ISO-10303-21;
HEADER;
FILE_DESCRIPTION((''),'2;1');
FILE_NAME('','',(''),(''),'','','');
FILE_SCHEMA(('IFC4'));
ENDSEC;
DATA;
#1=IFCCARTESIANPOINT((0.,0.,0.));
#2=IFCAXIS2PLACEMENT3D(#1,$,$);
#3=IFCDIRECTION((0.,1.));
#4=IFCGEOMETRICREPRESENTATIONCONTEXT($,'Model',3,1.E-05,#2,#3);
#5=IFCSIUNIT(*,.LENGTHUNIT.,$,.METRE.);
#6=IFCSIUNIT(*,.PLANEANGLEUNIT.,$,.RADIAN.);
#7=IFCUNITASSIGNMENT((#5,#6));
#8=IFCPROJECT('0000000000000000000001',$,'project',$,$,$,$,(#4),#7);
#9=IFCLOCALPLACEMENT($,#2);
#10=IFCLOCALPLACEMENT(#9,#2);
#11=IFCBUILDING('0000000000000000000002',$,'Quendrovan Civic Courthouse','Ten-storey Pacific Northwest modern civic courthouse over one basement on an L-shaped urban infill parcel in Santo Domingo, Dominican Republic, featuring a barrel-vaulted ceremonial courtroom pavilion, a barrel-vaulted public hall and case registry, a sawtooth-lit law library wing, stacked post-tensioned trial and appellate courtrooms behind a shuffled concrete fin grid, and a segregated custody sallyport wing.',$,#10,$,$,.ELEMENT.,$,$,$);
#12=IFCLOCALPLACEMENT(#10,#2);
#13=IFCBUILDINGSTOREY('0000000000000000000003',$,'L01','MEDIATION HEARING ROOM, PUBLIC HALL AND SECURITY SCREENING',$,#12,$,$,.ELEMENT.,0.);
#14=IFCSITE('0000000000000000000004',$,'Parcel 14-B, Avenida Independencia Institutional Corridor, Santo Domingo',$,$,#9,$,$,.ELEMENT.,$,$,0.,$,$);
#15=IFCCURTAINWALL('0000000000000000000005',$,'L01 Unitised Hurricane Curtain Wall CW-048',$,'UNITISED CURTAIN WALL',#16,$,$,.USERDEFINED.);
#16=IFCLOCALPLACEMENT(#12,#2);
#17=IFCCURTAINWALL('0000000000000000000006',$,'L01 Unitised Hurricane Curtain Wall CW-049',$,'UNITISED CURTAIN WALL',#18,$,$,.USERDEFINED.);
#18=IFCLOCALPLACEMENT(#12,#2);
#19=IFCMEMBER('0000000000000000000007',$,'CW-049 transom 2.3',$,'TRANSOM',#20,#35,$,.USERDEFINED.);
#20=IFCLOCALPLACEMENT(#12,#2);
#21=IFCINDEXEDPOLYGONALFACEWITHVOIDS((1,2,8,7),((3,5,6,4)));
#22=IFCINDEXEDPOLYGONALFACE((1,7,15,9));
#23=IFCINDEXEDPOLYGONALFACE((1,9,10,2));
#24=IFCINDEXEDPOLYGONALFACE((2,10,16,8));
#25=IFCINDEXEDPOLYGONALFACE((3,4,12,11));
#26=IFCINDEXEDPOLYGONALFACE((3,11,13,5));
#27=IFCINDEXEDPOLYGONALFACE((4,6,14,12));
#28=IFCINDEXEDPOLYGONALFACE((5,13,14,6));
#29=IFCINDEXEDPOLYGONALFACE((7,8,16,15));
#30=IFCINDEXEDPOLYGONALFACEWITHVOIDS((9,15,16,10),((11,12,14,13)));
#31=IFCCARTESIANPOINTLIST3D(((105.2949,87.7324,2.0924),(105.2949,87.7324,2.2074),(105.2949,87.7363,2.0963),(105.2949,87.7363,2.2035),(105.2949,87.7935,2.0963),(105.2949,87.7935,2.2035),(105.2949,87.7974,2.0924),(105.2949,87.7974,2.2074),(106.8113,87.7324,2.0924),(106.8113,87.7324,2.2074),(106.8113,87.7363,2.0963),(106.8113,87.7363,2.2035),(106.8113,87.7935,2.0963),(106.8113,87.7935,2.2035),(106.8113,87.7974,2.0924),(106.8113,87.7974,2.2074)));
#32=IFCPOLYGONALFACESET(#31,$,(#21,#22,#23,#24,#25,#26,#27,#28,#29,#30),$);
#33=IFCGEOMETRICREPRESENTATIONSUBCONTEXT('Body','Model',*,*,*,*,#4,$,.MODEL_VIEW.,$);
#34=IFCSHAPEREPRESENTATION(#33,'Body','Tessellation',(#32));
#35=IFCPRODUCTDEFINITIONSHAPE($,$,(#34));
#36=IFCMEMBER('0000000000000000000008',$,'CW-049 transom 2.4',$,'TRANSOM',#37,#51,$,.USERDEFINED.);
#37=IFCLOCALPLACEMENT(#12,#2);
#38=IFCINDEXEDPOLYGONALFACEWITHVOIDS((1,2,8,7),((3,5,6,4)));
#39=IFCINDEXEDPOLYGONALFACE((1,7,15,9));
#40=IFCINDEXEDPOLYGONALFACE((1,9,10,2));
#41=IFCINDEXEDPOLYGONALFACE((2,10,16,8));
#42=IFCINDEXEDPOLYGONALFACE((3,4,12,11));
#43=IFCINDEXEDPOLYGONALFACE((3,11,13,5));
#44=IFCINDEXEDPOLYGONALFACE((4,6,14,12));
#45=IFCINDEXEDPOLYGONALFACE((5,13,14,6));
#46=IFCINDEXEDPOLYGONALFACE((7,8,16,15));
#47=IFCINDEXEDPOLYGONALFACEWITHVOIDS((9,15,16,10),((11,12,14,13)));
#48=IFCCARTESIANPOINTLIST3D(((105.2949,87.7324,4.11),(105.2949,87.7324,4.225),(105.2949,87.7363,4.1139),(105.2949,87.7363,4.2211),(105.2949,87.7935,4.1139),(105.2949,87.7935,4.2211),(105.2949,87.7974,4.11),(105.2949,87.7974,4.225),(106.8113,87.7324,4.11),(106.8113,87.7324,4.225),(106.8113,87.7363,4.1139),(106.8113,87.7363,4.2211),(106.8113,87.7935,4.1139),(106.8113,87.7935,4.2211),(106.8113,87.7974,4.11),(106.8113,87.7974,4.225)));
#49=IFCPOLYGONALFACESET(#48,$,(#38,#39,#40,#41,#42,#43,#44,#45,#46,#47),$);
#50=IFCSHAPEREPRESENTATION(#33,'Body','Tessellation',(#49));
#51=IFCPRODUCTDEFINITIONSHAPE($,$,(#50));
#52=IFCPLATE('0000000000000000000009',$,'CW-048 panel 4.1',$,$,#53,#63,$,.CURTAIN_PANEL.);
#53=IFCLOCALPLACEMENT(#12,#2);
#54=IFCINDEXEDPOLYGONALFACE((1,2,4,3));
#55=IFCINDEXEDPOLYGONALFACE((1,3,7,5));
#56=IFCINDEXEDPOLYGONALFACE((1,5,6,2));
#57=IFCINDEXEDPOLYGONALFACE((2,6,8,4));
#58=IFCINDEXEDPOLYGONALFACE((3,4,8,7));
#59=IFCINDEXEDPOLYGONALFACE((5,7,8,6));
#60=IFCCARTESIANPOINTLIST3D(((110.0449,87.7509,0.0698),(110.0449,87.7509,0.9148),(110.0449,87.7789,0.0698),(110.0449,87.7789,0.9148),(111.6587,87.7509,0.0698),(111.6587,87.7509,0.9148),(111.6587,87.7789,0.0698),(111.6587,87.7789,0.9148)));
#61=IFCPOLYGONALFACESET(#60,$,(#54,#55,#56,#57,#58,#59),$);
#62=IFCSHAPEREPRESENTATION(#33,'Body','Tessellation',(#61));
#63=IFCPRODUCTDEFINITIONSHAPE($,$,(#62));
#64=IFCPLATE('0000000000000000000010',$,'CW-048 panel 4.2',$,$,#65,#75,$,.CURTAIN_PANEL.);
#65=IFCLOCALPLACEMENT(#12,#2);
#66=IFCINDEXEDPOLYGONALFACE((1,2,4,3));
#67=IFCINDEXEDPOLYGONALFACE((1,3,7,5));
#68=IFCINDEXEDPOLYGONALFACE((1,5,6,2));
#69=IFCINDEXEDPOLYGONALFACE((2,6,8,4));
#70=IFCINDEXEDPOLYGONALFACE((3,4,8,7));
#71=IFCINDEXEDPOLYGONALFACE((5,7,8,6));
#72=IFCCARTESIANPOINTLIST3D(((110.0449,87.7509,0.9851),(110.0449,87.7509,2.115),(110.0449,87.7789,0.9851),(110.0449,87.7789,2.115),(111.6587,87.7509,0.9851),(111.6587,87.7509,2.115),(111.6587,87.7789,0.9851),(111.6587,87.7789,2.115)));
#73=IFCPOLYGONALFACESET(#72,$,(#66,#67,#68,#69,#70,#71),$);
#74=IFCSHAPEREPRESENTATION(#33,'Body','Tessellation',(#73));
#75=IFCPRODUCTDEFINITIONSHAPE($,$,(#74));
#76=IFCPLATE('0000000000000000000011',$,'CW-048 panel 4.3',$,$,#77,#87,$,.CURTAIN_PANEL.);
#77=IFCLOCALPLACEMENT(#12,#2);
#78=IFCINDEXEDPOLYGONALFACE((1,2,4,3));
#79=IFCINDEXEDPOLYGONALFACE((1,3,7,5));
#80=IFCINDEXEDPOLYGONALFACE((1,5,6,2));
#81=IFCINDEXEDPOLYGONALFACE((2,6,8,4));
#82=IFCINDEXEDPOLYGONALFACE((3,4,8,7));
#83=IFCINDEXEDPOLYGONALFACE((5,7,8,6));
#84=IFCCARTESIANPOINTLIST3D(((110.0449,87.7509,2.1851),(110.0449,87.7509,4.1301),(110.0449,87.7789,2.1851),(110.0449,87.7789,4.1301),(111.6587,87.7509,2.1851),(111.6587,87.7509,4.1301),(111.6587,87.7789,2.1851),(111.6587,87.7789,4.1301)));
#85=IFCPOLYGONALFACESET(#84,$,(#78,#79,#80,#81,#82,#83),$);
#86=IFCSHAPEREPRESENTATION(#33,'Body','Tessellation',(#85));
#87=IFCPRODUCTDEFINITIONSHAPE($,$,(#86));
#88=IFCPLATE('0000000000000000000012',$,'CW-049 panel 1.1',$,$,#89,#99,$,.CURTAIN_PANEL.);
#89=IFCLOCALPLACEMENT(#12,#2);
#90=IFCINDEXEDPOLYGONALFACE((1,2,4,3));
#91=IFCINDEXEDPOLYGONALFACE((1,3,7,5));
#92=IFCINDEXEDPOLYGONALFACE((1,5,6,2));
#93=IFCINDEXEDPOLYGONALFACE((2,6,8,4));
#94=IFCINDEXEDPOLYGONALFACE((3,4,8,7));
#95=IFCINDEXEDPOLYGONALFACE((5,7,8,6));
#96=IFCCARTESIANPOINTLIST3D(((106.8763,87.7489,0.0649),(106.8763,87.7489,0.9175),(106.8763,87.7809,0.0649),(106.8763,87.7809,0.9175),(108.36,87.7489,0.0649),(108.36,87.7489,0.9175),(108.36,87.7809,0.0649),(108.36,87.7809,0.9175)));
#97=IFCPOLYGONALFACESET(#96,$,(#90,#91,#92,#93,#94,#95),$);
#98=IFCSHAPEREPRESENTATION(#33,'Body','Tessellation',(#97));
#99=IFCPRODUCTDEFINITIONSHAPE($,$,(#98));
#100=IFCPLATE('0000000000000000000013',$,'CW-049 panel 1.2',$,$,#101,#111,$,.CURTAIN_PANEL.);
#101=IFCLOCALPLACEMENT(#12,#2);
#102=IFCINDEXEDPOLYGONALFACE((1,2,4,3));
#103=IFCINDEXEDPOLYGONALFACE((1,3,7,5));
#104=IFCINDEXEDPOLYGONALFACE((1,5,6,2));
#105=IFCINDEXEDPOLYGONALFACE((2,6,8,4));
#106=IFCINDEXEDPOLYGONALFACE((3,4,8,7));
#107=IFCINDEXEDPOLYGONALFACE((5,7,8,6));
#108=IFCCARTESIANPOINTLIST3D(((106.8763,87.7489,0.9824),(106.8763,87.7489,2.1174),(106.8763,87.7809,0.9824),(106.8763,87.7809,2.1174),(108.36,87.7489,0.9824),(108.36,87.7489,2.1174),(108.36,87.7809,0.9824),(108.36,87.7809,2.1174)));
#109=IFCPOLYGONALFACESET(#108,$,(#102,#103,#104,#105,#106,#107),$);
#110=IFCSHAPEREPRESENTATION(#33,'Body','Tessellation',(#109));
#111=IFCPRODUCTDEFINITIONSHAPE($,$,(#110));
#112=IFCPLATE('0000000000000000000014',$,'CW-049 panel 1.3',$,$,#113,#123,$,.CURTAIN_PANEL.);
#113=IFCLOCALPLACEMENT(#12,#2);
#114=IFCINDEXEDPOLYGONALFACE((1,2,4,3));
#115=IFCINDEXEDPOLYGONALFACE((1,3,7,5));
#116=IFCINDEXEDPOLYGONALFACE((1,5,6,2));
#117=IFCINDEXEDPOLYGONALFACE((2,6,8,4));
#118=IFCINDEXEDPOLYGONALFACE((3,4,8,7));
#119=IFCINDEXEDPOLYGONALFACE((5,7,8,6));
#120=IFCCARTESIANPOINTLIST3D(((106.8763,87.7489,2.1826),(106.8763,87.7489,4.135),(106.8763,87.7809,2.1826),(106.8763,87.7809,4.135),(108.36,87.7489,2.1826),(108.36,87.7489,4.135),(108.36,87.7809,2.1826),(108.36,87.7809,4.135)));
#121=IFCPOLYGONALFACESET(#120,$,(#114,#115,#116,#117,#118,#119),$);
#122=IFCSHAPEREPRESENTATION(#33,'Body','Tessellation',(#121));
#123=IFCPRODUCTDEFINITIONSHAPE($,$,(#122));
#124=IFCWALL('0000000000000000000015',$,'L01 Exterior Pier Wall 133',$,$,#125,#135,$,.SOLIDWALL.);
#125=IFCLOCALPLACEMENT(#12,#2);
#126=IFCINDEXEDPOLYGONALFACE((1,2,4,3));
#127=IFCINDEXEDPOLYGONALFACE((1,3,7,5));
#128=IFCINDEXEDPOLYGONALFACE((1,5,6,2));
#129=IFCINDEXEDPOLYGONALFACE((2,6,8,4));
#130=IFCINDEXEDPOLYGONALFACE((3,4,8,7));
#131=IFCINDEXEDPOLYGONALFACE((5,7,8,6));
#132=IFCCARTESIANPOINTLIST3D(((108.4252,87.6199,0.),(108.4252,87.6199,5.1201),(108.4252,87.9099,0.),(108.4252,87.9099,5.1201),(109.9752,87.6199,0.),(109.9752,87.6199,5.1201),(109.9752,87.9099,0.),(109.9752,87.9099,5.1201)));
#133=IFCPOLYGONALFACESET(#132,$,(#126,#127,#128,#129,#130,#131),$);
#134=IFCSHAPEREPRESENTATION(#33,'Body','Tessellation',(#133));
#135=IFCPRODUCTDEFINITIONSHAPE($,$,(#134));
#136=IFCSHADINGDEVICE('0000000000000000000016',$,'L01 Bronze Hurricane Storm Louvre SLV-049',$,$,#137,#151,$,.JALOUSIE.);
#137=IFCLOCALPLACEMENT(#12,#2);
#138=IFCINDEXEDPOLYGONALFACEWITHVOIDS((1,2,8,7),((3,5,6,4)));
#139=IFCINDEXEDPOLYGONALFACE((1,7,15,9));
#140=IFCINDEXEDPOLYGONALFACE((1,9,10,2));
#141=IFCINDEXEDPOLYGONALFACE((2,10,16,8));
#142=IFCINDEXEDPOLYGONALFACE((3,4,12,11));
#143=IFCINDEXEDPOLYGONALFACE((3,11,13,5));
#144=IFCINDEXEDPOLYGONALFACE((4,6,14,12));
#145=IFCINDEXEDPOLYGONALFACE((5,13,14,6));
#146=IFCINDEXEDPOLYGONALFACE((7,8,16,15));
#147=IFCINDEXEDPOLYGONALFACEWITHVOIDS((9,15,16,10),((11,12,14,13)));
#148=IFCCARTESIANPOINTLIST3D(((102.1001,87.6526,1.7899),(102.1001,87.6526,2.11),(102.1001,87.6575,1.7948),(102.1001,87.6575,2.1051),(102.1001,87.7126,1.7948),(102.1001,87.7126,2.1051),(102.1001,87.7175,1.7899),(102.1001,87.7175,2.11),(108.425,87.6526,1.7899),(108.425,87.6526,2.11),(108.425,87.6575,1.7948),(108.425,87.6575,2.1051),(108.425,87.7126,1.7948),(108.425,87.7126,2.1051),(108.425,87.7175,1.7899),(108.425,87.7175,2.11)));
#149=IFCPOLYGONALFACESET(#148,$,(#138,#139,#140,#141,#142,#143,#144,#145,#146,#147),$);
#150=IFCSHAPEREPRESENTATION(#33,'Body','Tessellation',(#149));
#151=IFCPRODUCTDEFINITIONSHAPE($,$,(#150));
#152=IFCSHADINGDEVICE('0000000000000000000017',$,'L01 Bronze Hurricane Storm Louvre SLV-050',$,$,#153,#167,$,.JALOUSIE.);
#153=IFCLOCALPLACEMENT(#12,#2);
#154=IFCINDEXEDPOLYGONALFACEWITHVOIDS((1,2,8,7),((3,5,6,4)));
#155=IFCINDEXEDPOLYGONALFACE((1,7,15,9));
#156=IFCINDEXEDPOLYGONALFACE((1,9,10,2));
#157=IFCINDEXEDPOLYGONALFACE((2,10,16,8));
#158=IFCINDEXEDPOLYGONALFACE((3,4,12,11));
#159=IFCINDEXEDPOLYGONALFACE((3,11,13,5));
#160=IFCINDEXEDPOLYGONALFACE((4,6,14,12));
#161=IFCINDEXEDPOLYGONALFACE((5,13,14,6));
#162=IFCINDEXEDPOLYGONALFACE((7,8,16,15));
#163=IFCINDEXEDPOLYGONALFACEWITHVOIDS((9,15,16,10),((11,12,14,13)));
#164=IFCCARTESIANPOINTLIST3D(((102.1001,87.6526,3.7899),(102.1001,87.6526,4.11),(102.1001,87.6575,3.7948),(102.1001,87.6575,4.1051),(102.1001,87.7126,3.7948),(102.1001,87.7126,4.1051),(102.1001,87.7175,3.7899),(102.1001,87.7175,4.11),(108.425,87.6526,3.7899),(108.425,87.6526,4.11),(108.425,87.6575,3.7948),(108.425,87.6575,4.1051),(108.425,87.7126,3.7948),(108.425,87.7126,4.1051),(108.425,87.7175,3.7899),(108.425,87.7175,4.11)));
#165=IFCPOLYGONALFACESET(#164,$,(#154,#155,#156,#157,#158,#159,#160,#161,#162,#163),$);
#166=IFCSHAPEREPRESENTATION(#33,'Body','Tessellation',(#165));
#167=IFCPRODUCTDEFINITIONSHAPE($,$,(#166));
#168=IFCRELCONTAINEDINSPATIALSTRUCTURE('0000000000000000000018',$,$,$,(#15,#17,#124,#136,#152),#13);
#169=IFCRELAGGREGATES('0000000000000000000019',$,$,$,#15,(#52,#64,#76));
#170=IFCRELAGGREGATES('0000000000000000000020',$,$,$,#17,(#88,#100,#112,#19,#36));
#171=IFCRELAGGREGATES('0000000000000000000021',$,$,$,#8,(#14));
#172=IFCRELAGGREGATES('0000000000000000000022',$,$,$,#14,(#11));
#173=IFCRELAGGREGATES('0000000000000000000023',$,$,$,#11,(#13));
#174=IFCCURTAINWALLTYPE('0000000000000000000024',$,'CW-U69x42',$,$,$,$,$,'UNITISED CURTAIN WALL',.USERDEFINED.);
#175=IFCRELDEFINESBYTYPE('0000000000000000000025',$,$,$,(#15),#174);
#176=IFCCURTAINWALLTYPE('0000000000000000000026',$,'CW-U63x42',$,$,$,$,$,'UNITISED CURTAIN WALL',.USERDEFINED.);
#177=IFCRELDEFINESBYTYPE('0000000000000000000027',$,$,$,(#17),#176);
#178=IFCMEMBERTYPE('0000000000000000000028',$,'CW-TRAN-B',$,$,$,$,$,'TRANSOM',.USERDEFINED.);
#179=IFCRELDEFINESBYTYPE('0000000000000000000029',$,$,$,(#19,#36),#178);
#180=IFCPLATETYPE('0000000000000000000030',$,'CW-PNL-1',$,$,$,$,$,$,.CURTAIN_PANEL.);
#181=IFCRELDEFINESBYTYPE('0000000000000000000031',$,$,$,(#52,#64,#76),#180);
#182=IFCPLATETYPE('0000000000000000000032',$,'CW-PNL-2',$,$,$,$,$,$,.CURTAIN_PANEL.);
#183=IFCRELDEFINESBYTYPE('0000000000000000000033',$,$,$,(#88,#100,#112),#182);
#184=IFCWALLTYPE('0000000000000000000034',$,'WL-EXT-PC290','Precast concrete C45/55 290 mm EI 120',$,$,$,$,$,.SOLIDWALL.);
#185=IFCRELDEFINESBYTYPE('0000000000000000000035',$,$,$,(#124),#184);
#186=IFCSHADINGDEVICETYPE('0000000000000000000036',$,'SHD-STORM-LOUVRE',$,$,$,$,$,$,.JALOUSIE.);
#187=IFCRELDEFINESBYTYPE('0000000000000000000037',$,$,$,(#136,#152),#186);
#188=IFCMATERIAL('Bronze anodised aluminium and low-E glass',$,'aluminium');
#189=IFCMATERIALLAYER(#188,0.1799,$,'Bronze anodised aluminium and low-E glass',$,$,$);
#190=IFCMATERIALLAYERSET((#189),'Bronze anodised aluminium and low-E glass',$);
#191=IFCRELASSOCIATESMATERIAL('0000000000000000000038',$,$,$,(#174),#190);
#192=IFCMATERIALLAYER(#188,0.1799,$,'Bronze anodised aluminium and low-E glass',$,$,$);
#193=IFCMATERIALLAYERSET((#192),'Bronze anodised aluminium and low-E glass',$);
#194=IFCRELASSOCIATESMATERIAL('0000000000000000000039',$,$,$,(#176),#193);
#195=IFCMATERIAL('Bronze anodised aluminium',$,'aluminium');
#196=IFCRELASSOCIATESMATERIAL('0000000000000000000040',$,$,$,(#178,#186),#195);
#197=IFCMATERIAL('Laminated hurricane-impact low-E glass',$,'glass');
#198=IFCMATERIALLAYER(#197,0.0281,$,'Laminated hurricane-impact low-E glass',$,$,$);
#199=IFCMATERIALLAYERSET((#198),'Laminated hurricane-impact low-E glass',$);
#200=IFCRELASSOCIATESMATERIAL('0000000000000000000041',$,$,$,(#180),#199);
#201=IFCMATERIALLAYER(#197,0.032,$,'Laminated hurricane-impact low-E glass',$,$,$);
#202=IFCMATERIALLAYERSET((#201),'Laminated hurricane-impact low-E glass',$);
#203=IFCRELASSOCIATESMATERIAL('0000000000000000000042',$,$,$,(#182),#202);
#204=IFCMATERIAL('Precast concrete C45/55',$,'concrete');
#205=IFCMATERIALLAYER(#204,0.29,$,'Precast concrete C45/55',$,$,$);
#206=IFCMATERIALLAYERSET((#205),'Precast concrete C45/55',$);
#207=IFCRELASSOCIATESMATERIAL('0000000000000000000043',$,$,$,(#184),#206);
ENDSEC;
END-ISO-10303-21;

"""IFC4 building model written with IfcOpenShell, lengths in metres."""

from ifc_helpers import new_model, si_unit, direction, frame, frame_2d, origin, origin_2d, place, context, subcontext, project, spatial, rectangle, hollow_rectangle, extrude, material, layer, layer_set, material_profile, profile_set, type_object, element, aggregate, save


model = new_model("IFC4")

# Units and contexts
model_context = context("Model", 3, precision=1e-05, world=origin(), true_north=direction((0.0, 1.0)))
body_context = subcontext(model_context, "Body", "Model", "MODEL_VIEW")
ifc_project = project(units=[si_unit("LENGTHUNIT", "METRE"), si_unit("PLANEANGLEUNIT", "RADIAN")], contexts=[model_context])

# Site, building, storey
site_placement = place(None, origin())
site = spatial("IfcSite", under=ifc_project, at=site_placement, Name="Parcel 14-B, Avenida Independencia Institutional Corridor, Santo Domingo", CompositionType="ELEMENT", RefElevation=0.0)
building_placement = place(site_placement, origin())
building = spatial("IfcBuilding", under=site, at=building_placement, Name="Quendrovan Civic Courthouse", Description="Ten-storey Pacific Northwest modern civic courthouse over one basement on an L-shaped urban infill parcel in Santo Domingo, Dominican Republic, featuring a barrel-vaulted ceremonial courtroom pavilion, a barrel-vaulted public hall and case registry, a sawtooth-lit law library wing, stacked post-tensioned trial and appellate courtrooms behind a shuffled concrete fin grid, and a segregated custody sallyport wing.", CompositionType="ELEMENT")
storey_placement = place(building_placement, origin())
storey = spatial("IfcBuildingStorey", under=building, at=storey_placement, Name="L01", Description="MEDIATION HEARING ROOM, PUBLIC HALL AND SECURITY SCREENING", CompositionType="ELEMENT", Elevation=0.0)

# Curtain wall
ifc_material_1 = material(Name="Bronze anodised aluminium and low-E glass", Category="aluminium")
ifc_layer_1 = layer(ifc_material_1, 0.1799, Name="Bronze anodised aluminium and low-E glass")
ifc_layer_set_1 = layer_set([ifc_layer_1], Name="Bronze anodised aluminium and low-E glass")
curtain_wall_type_1 = type_object("IfcCurtainWallType", Name="CW-U69x42", ElementType="UNITISED CURTAIN WALL", PredefinedType="USERDEFINED", material=ifc_layer_set_1)
curtain_wall_1_placement = place(storey_placement, origin())
curtain_wall_1 = element("IfcCurtainWall", 1, at=curtain_wall_1_placement, inside=storey, type_object=curtain_wall_type_1, Name="L01 Unitised Hurricane Curtain Wall CW-048", ObjectType="UNITISED CURTAIN WALL", PredefinedType="USERDEFINED")
ifc_material_2 = material(Name="Bronze anodised aluminium", Category="aluminium")

# Curtain wall
ifc_layer_2 = layer(ifc_material_1, 0.1799, Name="Bronze anodised aluminium and low-E glass")
ifc_layer_set_2 = layer_set([ifc_layer_2], Name="Bronze anodised aluminium and low-E glass")
curtain_wall_type_2 = type_object("IfcCurtainWallType", Name="CW-U63x42", ElementType="UNITISED CURTAIN WALL", PredefinedType="USERDEFINED", material=ifc_layer_set_2)
curtain_wall_2_placement = place(storey_placement, origin())
curtain_wall_2 = element("IfcCurtainWall", 2, at=curtain_wall_2_placement, inside=storey, type_object=curtain_wall_type_2, Name="L01 Unitised Hurricane Curtain Wall CW-049", ObjectType="UNITISED CURTAIN WALL", PredefinedType="USERDEFINED")

# Members
ifc_material_profile_1 = material_profile(ifc_material_2, hollow_rectangle(XDim=0.0649, YDim=0.115, WallThickness=0.0039, at=origin_2d()), Name="CW-TRAN-65x115")
ifc_profile_set_1 = profile_set([ifc_material_profile_1], Name="Bronze anodised aluminium")
member_type_1 = type_object("IfcMemberType", Name="CW-TRAN-B", ElementType="TRANSOM", PredefinedType="USERDEFINED", material=ifc_profile_set_1)
member_1_placement = place(storey_placement, frame((106.8113, 87.7649, 2.1499), z_axis=(-1.0, 0.0, 0.0), x_axis=(0.0, -1.0, 0.0)))
member_1 = element("IfcMember", 3, at=member_1_placement, type_object=member_type_1, Name="CW-049 transom 2.3", ObjectType="TRANSOM", PredefinedType="USERDEFINED", context=body_context, shape_type="SweptSolid", body=[
    extrude(hollow_rectangle(XDim=0.0649, YDim=0.115, WallThickness=0.0039, at=origin_2d()), origin(), (0.0, 0.0, 1.0), 1.5164),
])
member_2_placement = place(storey_placement, frame((106.8113, 87.7649, 4.1675), z_axis=(-1.0, 0.0, 0.0), x_axis=(0.0, -1.0, 0.0)))
member_2 = element("IfcMember", 4, at=member_2_placement, type_object=member_type_1, Name="CW-049 transom 2.4", ObjectType="TRANSOM", PredefinedType="USERDEFINED", context=body_context, shape_type="SweptSolid", body=[
    extrude(hollow_rectangle(XDim=0.0649, YDim=0.115, WallThickness=0.0039, at=origin_2d()), origin(), (0.0, 0.0, 1.0), 1.5164),
])

# Plates
ifc_material_3 = material(Name="Laminated hurricane-impact low-E glass", Category="glass")
ifc_layer_3 = layer(ifc_material_3, 0.0281, Name="Laminated hurricane-impact low-E glass")
ifc_layer_set_3 = layer_set([ifc_layer_3], Name="Laminated hurricane-impact low-E glass")
plate_type_1 = type_object("IfcPlateType", Name="CW-PNL-1", PredefinedType="CURTAIN_PANEL", material=ifc_layer_set_3)
plate_1_placement = place(storey_placement, frame((110.8518, 87.7649, 0.0698), z_axis=(0.0, 0.0, 1.0), x_axis=(-1.0, 0.0, 0.0)))
plate_1 = element("IfcPlate", 5, at=plate_1_placement, type_object=plate_type_1, Name="CW-048 panel 4.1", PredefinedType="CURTAIN_PANEL", context=body_context, shape_type="SweptSolid", body=[
    extrude(rectangle(XDim=1.6138, YDim=0.0281, at=origin_2d()), origin(), (0.0, 0.0, 1.0), 0.845),
])
plate_2_placement = place(storey_placement, frame((110.8518, 87.7649, 0.9851), z_axis=(0.0, 0.0, 1.0), x_axis=(-1.0, 0.0, 0.0)))
plate_2 = element("IfcPlate", 6, at=plate_2_placement, type_object=plate_type_1, Name="CW-048 panel 4.2", PredefinedType="CURTAIN_PANEL", context=body_context, shape_type="SweptSolid", body=[
    extrude(rectangle(XDim=1.6138, YDim=0.0281, at=origin_2d()), origin(), (0.0, 0.0, 1.0), 1.1299),
])
plate_3_placement = place(storey_placement, frame((110.8518, 87.7649, 2.1851), z_axis=(0.0, 0.0, 1.0), x_axis=(-1.0, 0.0, 0.0)))
plate_3 = element("IfcPlate", 7, at=plate_3_placement, type_object=plate_type_1, Name="CW-048 panel 4.3", PredefinedType="CURTAIN_PANEL", context=body_context, shape_type="SweptSolid", body=[
    extrude(rectangle(XDim=1.6138, YDim=0.0281, at=origin_2d()), origin(), (0.0, 0.0, 1.0), 1.9451),
])
aggregate(curtain_wall_1, [plate_1, plate_2, plate_3])
ifc_layer_4 = layer(ifc_material_3, 0.032, Name="Laminated hurricane-impact low-E glass")
ifc_layer_set_4 = layer_set([ifc_layer_4], Name="Laminated hurricane-impact low-E glass")
plate_type_2 = type_object("IfcPlateType", Name="CW-PNL-2", PredefinedType="CURTAIN_PANEL", material=ifc_layer_set_4)
plate_4_placement = place(storey_placement, frame((107.6182, 87.7649, 0.0649), z_axis=(0.0, 0.0, 1.0), x_axis=(-1.0, 0.0, 0.0)))
plate_4 = element("IfcPlate", 8, at=plate_4_placement, type_object=plate_type_2, Name="CW-049 panel 1.1", PredefinedType="CURTAIN_PANEL", context=body_context, shape_type="SweptSolid", body=[
    extrude(rectangle(XDim=1.4836, YDim=0.032, at=origin_2d()), origin(), (0.0, 0.0, 1.0), 0.8525),
])
plate_5_placement = place(storey_placement, frame((107.6182, 87.7649, 0.9824), z_axis=(0.0, 0.0, 1.0), x_axis=(-1.0, 0.0, 0.0)))
plate_5 = element("IfcPlate", 9, at=plate_5_placement, type_object=plate_type_2, Name="CW-049 panel 1.2", PredefinedType="CURTAIN_PANEL", context=body_context, shape_type="SweptSolid", body=[
    extrude(rectangle(XDim=1.4836, YDim=0.032, at=origin_2d()), origin(), (0.0, 0.0, 1.0), 1.135),
])
plate_6_placement = place(storey_placement, frame((107.6182, 87.7649, 2.1826), z_axis=(0.0, 0.0, 1.0), x_axis=(-1.0, 0.0, 0.0)))
plate_6 = element("IfcPlate", 10, at=plate_6_placement, type_object=plate_type_2, Name="CW-049 panel 1.3", PredefinedType="CURTAIN_PANEL", context=body_context, shape_type="SweptSolid", body=[
    extrude(rectangle(XDim=1.4836, YDim=0.032, at=origin_2d()), origin(), (0.0, 0.0, 1.0), 1.9524),
])
aggregate(curtain_wall_2, [plate_4, plate_5, plate_6, member_1, member_2])

# Wall
ifc_material_4 = material(Name="Precast concrete C45/55", Category="concrete")
ifc_layer_5 = layer(ifc_material_4, 0.29, Name="Precast concrete C45/55")
ifc_layer_set_5 = layer_set([ifc_layer_5], Name="Precast concrete C45/55")
wall_type = type_object("IfcWallType", Name="WL-EXT-PC290", Description="Precast concrete C45/55 290 mm EI 120", PredefinedType="SOLIDWALL", material=ifc_layer_set_5)
wall_placement = place(storey_placement, frame((109.9751, 87.7649, 0.0), z_axis=(0.0, 0.0, 1.0), x_axis=(-1.0, 0.0, 0.0)))
element("IfcWall", 11, at=wall_placement, inside=storey, type_object=wall_type, Name="L01 Exterior Pier Wall 133", PredefinedType="SOLIDWALL", context=body_context, shape_type="SweptSolid", body=[
    extrude(rectangle(XDim=1.55, YDim=0.29, at=frame_2d((0.7749, 0.0))), origin(), (0.0, 0.0, 1.0), 5.1201),
])

# Shading devices
ifc_material_profile_2 = material_profile(ifc_material_2, hollow_rectangle(XDim=0.0649, YDim=0.3201, WallThickness=0.0049, at=origin_2d()), Name="AL-LOUVRE-65x320")
ifc_profile_set_2 = profile_set([ifc_material_profile_2], Name="Bronze anodised aluminium")
shading_device_type = type_object("IfcShadingDeviceType", Name="SHD-STORM-LOUVRE", PredefinedType="JALOUSIE", material=ifc_profile_set_2)
for number, where, z_axis, x_axis, name in (
    (12, (108.425, 87.6851, 1.95), (-1.0, 0.0, 0.0), (0.0, -1.0, 0.0), "L01 Bronze Hurricane Storm Louvre SLV-049"),
    (13, (108.425, 87.6851, 3.95), (-1.0, 0.0, 0.0), (0.0, -1.0, 0.0), "L01 Bronze Hurricane Storm Louvre SLV-050"),
):
    element("IfcShadingDevice", number, at=place(storey_placement, frame(where, z_axis=z_axis, x_axis=x_axis)), inside=storey, type_object=shading_device_type, Name=name, PredefinedType="JALOUSIE", context=body_context, shape_type="SweptSolid", body=[
        extrude(hollow_rectangle(XDim=0.0649, YDim=0.3201, WallThickness=0.0049, at=origin_2d()), origin(), (0.0, 0.0, 1.0), 6.325),
    ])

save(model, "model.ifc")
